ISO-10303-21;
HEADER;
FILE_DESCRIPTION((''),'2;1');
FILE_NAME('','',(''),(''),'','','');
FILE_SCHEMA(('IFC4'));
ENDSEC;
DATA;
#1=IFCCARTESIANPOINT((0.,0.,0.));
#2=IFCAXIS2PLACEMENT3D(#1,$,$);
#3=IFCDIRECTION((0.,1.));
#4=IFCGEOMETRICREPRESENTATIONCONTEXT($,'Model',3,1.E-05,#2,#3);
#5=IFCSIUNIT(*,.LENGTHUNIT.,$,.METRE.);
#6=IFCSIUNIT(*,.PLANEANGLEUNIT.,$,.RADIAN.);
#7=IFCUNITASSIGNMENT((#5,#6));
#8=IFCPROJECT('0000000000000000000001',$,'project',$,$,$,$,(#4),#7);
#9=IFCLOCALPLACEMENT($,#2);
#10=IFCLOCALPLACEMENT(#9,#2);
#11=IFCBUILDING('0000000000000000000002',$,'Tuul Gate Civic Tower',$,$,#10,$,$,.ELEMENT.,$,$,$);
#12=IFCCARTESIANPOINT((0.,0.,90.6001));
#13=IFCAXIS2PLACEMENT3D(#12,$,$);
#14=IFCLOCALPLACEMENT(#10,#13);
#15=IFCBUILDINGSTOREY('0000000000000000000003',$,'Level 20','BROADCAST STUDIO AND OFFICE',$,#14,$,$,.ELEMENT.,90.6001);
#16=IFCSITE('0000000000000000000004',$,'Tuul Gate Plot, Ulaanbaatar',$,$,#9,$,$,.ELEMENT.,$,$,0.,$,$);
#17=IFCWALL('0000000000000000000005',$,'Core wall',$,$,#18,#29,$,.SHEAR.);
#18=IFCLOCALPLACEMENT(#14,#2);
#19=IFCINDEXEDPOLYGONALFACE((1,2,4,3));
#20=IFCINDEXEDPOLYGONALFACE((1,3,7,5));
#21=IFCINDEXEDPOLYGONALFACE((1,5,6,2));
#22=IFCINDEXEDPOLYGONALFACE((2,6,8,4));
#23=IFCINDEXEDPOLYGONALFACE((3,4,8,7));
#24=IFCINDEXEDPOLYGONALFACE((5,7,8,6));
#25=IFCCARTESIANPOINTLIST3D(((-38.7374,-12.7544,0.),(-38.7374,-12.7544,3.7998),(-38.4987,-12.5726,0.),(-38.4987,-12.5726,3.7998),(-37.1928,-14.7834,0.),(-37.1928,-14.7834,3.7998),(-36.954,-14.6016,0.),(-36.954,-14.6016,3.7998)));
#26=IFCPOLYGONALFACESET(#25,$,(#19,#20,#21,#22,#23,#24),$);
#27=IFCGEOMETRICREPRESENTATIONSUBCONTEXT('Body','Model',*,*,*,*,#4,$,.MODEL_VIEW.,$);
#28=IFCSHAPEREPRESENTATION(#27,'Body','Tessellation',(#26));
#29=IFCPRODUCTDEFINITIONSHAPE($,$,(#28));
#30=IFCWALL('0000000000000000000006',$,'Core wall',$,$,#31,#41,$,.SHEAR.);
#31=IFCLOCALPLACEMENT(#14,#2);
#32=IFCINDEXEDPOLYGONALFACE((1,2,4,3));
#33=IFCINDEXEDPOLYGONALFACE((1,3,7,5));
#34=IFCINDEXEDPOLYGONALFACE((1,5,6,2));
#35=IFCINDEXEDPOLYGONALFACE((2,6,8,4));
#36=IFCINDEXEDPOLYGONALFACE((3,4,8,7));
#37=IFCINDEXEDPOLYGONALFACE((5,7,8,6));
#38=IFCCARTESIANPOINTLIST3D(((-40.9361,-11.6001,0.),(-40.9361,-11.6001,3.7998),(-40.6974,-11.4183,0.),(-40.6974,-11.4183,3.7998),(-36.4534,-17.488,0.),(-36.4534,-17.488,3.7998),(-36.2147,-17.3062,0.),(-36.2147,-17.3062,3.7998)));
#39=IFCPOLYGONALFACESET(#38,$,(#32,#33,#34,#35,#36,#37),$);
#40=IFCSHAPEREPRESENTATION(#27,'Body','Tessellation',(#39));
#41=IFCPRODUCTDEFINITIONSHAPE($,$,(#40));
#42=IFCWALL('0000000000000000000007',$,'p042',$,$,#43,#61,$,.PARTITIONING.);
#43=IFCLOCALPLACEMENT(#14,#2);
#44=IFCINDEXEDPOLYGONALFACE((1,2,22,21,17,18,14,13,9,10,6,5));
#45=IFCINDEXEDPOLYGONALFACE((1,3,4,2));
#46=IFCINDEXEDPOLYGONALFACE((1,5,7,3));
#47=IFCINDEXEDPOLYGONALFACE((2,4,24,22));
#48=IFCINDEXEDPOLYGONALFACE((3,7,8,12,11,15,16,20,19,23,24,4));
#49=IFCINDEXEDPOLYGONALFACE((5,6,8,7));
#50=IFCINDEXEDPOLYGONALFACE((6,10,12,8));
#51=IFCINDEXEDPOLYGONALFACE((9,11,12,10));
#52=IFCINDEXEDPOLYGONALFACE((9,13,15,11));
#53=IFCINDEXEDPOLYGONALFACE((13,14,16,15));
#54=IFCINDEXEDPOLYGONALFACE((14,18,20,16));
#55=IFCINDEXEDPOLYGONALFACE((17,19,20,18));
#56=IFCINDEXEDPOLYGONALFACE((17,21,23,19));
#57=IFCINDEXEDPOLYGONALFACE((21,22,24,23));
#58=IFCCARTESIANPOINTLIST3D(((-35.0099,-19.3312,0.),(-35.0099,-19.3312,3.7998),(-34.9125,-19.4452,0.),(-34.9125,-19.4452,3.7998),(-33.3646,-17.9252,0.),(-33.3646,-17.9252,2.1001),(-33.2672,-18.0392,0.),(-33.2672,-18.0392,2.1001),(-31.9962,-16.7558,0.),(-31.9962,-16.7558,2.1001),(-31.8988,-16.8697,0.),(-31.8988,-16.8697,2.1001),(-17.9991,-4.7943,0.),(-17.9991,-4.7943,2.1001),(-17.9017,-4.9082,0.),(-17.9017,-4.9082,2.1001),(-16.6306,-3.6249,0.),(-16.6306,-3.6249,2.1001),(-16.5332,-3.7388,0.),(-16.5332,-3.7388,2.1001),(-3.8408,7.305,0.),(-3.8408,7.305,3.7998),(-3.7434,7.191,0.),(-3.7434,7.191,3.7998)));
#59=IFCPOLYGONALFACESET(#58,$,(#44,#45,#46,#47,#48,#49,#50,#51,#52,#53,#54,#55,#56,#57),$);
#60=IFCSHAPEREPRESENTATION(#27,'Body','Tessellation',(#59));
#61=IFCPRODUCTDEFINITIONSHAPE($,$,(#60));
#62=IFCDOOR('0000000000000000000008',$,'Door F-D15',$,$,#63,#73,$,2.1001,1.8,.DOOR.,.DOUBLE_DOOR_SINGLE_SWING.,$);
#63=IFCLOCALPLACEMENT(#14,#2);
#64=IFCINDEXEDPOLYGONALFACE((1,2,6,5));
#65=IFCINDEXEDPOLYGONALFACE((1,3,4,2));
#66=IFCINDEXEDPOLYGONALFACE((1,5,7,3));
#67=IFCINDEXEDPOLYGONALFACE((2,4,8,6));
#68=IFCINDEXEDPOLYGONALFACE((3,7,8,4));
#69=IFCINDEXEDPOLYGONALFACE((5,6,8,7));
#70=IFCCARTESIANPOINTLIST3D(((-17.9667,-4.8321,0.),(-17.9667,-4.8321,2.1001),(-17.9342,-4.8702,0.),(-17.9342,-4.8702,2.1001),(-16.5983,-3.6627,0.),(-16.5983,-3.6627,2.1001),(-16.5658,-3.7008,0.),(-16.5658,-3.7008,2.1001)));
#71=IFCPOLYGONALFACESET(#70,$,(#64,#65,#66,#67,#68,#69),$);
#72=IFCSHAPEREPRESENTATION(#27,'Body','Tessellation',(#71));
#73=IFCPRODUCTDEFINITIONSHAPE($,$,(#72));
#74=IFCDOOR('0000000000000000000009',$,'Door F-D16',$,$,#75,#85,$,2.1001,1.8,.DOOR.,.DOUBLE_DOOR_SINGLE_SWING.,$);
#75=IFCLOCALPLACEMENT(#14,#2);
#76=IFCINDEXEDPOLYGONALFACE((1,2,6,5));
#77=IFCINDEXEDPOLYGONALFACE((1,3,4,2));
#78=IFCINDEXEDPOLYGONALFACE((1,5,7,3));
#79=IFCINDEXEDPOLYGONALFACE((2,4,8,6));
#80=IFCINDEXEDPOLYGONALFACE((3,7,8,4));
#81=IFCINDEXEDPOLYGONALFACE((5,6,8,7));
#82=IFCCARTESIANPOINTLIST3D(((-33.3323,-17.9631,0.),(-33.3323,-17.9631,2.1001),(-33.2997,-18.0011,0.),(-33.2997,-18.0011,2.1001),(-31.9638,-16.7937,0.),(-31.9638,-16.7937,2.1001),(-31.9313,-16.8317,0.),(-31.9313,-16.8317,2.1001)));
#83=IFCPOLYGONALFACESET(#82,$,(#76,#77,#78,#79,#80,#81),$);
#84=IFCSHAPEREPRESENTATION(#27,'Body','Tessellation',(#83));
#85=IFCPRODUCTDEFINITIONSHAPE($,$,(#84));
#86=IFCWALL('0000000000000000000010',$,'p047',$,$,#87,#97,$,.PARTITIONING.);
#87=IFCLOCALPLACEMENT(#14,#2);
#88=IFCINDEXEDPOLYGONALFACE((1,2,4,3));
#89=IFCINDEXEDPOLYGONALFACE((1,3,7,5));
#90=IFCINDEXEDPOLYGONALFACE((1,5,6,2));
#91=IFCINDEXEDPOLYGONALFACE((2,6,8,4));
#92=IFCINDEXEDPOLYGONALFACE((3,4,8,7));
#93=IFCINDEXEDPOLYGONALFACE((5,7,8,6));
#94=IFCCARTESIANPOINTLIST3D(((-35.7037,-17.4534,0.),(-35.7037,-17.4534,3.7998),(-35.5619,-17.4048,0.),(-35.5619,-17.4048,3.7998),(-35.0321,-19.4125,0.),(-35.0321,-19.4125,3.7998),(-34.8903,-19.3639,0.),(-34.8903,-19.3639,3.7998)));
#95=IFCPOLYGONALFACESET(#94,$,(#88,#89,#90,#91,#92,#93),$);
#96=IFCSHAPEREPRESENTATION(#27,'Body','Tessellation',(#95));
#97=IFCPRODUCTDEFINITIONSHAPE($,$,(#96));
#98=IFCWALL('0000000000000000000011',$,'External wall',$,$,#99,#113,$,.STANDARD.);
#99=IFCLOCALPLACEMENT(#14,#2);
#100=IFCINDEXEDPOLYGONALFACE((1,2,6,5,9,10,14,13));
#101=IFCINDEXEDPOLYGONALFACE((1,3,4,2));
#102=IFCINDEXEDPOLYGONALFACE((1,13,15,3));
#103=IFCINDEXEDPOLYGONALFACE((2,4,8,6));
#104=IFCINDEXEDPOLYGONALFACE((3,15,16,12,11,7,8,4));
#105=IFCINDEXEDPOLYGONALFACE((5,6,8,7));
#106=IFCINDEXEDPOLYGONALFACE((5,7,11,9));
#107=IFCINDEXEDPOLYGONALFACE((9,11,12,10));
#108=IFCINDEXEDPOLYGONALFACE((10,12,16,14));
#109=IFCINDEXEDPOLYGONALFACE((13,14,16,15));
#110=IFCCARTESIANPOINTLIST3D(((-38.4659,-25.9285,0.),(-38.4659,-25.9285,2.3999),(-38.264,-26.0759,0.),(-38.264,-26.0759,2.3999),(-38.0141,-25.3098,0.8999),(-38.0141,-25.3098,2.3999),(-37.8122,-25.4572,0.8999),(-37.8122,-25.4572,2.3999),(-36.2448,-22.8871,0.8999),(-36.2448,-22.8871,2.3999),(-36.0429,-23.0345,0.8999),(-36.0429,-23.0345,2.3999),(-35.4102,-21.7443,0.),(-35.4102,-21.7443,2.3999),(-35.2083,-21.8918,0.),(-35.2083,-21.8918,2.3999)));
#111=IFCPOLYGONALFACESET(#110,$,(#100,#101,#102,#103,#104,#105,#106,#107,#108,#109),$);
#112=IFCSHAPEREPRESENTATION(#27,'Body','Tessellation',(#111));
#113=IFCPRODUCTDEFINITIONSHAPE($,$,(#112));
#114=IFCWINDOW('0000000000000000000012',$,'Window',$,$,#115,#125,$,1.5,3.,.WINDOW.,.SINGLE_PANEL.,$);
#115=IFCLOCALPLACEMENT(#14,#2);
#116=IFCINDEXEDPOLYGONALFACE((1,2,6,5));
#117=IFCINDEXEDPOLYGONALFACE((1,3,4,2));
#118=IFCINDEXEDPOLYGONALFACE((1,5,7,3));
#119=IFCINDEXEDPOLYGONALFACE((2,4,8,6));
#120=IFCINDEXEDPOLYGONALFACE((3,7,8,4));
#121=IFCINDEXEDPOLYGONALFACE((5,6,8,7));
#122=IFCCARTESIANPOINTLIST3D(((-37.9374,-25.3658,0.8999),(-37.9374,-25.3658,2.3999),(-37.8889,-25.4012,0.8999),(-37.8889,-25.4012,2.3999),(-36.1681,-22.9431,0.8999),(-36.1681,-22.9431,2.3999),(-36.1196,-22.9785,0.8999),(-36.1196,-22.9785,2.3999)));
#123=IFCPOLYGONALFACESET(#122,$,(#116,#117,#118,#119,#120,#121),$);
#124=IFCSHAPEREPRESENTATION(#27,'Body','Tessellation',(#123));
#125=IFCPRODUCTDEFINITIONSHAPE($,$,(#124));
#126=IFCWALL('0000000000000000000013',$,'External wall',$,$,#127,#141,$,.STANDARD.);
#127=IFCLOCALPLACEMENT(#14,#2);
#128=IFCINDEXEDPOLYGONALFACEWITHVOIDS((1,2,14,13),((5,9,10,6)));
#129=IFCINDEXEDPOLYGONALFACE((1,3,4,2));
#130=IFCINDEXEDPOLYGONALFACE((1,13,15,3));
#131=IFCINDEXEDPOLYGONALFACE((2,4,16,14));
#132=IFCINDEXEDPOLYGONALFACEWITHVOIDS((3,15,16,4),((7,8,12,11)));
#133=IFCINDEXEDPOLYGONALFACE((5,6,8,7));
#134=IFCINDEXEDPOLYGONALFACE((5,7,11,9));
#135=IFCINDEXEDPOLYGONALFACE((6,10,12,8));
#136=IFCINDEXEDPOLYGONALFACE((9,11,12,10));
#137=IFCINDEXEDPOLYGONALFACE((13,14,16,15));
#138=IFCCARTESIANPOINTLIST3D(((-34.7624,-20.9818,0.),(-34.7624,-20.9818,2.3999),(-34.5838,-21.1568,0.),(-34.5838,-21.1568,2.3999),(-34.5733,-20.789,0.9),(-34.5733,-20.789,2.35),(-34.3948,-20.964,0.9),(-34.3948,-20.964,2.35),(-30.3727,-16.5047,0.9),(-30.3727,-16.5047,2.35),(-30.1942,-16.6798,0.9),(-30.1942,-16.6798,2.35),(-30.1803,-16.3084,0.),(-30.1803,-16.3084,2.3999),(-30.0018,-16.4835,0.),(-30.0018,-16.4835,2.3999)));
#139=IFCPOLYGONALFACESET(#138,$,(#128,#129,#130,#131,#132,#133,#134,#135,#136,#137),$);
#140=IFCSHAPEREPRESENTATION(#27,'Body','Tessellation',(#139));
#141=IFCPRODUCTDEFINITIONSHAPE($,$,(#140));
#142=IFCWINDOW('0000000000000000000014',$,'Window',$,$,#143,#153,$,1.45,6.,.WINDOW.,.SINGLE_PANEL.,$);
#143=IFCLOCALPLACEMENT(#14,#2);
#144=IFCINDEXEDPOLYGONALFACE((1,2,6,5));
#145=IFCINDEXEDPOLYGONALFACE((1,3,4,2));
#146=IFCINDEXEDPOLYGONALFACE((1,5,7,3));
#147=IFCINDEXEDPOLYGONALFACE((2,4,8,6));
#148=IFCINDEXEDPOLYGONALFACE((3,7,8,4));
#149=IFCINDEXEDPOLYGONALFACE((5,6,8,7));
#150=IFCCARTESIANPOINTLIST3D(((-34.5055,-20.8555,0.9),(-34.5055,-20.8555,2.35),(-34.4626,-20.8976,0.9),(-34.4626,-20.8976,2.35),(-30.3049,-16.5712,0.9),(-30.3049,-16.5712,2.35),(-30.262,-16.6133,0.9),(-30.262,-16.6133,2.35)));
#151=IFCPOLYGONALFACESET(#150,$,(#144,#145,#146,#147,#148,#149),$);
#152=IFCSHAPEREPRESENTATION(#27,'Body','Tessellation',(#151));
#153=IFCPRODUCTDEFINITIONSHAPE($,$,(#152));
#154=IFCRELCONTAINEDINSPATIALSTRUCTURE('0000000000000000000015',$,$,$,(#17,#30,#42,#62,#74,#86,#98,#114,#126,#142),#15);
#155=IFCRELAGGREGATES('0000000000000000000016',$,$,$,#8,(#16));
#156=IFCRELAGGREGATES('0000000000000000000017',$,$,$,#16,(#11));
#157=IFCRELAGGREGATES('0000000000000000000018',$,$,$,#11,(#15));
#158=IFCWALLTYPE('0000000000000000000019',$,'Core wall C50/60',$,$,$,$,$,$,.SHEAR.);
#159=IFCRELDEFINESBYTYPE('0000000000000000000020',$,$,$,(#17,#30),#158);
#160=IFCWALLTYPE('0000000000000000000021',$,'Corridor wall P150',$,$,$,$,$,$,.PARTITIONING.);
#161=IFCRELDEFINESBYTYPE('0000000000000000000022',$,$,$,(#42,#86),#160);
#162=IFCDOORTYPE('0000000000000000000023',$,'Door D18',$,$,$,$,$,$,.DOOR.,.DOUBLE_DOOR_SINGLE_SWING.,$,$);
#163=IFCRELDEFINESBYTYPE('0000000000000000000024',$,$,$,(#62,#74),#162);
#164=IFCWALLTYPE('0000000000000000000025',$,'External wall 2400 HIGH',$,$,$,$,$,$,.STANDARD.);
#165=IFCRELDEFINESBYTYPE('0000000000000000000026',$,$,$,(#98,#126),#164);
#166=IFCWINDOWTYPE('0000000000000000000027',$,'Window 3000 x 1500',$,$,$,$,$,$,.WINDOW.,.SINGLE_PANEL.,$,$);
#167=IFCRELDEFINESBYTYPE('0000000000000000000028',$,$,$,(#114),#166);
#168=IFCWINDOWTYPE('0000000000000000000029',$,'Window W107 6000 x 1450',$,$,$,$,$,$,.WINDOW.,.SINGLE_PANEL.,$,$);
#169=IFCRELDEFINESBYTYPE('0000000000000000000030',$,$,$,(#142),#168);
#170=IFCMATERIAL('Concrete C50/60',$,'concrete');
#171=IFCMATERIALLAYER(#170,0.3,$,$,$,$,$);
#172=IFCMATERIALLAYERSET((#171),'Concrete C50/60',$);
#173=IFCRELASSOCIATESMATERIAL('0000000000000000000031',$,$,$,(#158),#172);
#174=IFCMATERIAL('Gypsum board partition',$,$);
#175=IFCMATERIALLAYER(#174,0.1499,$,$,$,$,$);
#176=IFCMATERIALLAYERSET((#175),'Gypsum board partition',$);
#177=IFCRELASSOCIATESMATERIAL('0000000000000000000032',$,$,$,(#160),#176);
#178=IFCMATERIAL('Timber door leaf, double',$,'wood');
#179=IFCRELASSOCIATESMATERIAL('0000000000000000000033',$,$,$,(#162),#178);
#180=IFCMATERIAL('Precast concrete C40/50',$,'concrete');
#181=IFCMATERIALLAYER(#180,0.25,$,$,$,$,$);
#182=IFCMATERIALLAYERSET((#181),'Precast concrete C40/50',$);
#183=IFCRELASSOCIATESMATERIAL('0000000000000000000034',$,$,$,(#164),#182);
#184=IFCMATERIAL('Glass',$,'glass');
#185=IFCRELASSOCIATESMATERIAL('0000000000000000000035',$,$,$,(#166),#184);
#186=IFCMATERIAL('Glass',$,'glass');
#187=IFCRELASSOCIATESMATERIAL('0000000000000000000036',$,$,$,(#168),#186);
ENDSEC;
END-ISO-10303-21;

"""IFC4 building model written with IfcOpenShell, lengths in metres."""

from ifc_helpers import new_model, si_unit, direction, frame, frame_2d, origin, place, context, subcontext, project, spatial, rectangle, extrude, material, layer, layer_set, type_object, element, fill, save


model = new_model("IFC4")

# Units and contexts
model_context = context("Model", 3, precision=1e-05, world=origin(), true_north=direction((0.0, 1.0)))
body_context = subcontext(model_context, "Body", "Model", "MODEL_VIEW")
ifc_project = project(units=[si_unit("LENGTHUNIT", "METRE"), si_unit("PLANEANGLEUNIT", "RADIAN")], contexts=[model_context])

# Site, building, storey
site_placement = place(None, origin())
site = spatial("IfcSite", under=ifc_project, at=site_placement, Name="Tuul Gate Plot, Ulaanbaatar", CompositionType="ELEMENT", RefElevation=0.0)
building_placement = place(site_placement, origin())
building = spatial("IfcBuilding", under=site, at=building_placement, Name="Tuul Gate Civic Tower", CompositionType="ELEMENT")
storey_placement = place(building_placement, frame((0.0, 0.0, 90.6001)))
storey = spatial("IfcBuildingStorey", under=building, at=storey_placement, Name="Level 20", Description="BROADCAST STUDIO AND OFFICE", CompositionType="ELEMENT", Elevation=90.6001)

# Shared definitions
ifc_material_1 = material(Name="Concrete C50/60", Category="concrete")
ifc_layer_1 = layer(ifc_material_1, 0.3)
ifc_layer_set_1 = layer_set([ifc_layer_1], Name="Concrete C50/60")
wall_type_1 = type_object("IfcWallType", Name="Core wall C50/60", PredefinedType="SHEAR", material=ifc_layer_set_1)

# Walls
wall_1_placement = place(storey_placement, frame((-37.0735, -14.6924, 0.0), z_axis=(0.0, 0.0, 1.0), x_axis=(-0.605729, 0.795671, 0.0)))
element("IfcWall", 1, at=wall_1_placement, inside=storey, type_object=wall_type_1, Name="Core wall", PredefinedType="SHEAR", context=body_context, shape_type="SweptSolid", body=[
    extrude(rectangle(XDim=2.55, YDim=0.3, at=frame_2d((1.2749, 0.0))), origin(), (0.0, 0.0, 1.0), 3.7998),
])
wall_2_placement = place(storey_placement, frame((-36.334, -17.3972, 0.0), z_axis=(0.0, 0.0, 1.0), x_axis=(-0.605754, 0.795652, 0.0)))
element("IfcWall", 2, at=wall_2_placement, inside=storey, type_object=wall_type_1, Name="Core wall", PredefinedType="SHEAR", context=body_context, shape_type="SweptSolid", body=[
    extrude(rectangle(XDim=7.4001, YDim=0.3, at=frame_2d((3.7002, 0.0))), origin(), (0.0, 0.0, 1.0), 3.7998),
])

# Wall, openings, doors
ifc_material_2 = material(Name="Gypsum board partition")
ifc_layer_2 = layer(ifc_material_2, 0.1499)
ifc_layer_set_2 = layer_set([ifc_layer_2], Name="Gypsum board partition")
wall_type_2 = type_object("IfcWallType", Name="Corridor wall P150", PredefinedType="PARTITIONING", material=ifc_layer_set_2)
wall_3_placement = place(storey_placement, frame((-34.9612, -19.3882, 0.0), z_axis=(0.0, 0.0, 1.0), x_axis=(0.760223, 0.649663, 0.0)))
wall_3 = element("IfcWall", 3, at=wall_3_placement, inside=storey, type_object=wall_type_2, Name="p042", PredefinedType="PARTITIONING", context=body_context, shape_type="SweptSolid", body=[
    extrude(rectangle(XDim=41.0, YDim=0.1499, at=frame_2d((20.5, 0.0))), origin(), (0.0, 0.0, 1.0), 3.7998),
])
opening_1_placement = place(wall_3_placement, frame((22.3762, 0.0, 0.0)))
opening_1 = element("IfcOpeningElement", 4, at=opening_1_placement, cuts=wall_3, PredefinedType="OPENING", context=body_context, shape_type="SweptSolid", body=[
    extrude(rectangle(XDim=1.8, YDim=2.1001, at=frame_2d((0.8999, 1.05))), frame((0.0, 0.085, 0.0), z_axis=(0.0, -1.0, 0.0), x_axis=(1.0, 0.0, 0.0)), (0.0, 0.0, 1.0), 0.1699),
])
opening_2_placement = place(wall_3_placement, frame((2.1643, 0.0, 0.0)))
opening_2 = element("IfcOpeningElement", 5, at=opening_2_placement, cuts=wall_3, PredefinedType="OPENING", context=body_context, shape_type="SweptSolid", body=[
    extrude(rectangle(XDim=1.8, YDim=2.1001, at=frame_2d((0.8999, 1.05))), frame((0.0, 0.085, 0.0), z_axis=(0.0, -1.0, 0.0), x_axis=(1.0, 0.0, 0.0)), (0.0, 0.0, 1.0), 0.1699),
])
ifc_material_3 = material(Name="Timber door leaf, double", Category="wood")
door_type_1 = type_object("IfcDoorType", Name="Door D18", OperationType="DOUBLE_DOOR_SINGLE_SWING", PredefinedType="DOOR", material=ifc_material_3)
door_1_placement = place(opening_1_placement, frame((1.8, 0.0, 0.0), z_axis=(0.0, 0.0, 1.0), x_axis=(-1.0, 0.0, 0.0)))
door_1 = element("IfcDoor", 6, at=door_1_placement, inside=storey, type_object=door_type_1, Name="Door F-D15", OperationType="DOUBLE_DOOR_SINGLE_SWING", OverallHeight=2.1001, OverallWidth=1.8, PredefinedType="DOOR", context=body_context, shape_type="SweptSolid", body=[
    extrude(rectangle(XDim=1.8, YDim=2.1001, at=frame_2d((0.9001, 1.05))), frame((0.0, 0.0249, 0.0), z_axis=(0.0, -1.0, 0.0), x_axis=(1.0, 0.0, 0.0)), (0.0, 0.0, 1.0), 0.05),
])
fill(opening_1, door_1)
door_2_placement = place(opening_2_placement, frame((1.8, 0.0, 0.0), z_axis=(0.0, 0.0, 1.0), x_axis=(-1.0, 0.0, 0.0)))
door_2 = element("IfcDoor", 7, at=door_2_placement, inside=storey, type_object=door_type_1, Name="Door F-D16", OperationType="DOUBLE_DOOR_SINGLE_SWING", OverallHeight=2.1001, OverallWidth=1.8, PredefinedType="DOOR", context=body_context, shape_type="SweptSolid", body=[
    extrude(rectangle(XDim=1.8, YDim=2.1001, at=frame_2d((0.9001, 1.05))), frame((0.0, 0.0249, 0.0), z_axis=(0.0, -1.0, 0.0), x_axis=(1.0, 0.0, 0.0)), (0.0, 0.0, 1.0), 0.05),
])
fill(opening_2, door_2)

# Wall
wall_4_placement = place(storey_placement, frame((-35.6328, -17.429, 0.0), z_axis=(0.0, 0.0, 1.0), x_axis=(0.324279, -0.945961, 0.0)))
element("IfcWall", 8, at=wall_4_placement, inside=storey, type_object=wall_type_2, Name="p047", PredefinedType="PARTITIONING", context=body_context, shape_type="SweptSolid", body=[
    extrude(rectangle(XDim=2.071, YDim=0.1499, at=frame_2d((1.0356, 0.0))), origin(), (0.0, 0.0, 1.0), 3.7998),
])

# Walls, openings, windows
ifc_material_4 = material(Name="Precast concrete C40/50", Category="concrete")
ifc_layer_3 = layer(ifc_material_4, 0.25)
ifc_layer_set_3 = layer_set([ifc_layer_3], Name="Precast concrete C40/50")
wall_type_3 = type_object("IfcWallType", Name="External wall 2400 HIGH", PredefinedType="STANDARD", material=ifc_layer_set_3)
wall_5_placement = place(storey_placement, frame((-38.365, -26.0022, 0.0), z_axis=(0.0, 0.0, 1.0), x_axis=(0.589773, 0.807569, 0.0)))
wall_5 = element("IfcWall", 9, at=wall_5_placement, inside=storey, type_object=wall_type_3, Name="External wall", PredefinedType="STANDARD", context=body_context, shape_type="SweptSolid", body=[
    extrude(rectangle(XDim=5.1812, YDim=0.25, at=frame_2d((2.5906, 0.0))), origin(), (0.0, 0.0, 1.0), 2.3999),
])
opening_3_placement = place(wall_5_placement, frame((0.7661, 0.0, 0.8999)))
opening_3 = element("IfcOpeningElement", 10, at=opening_3_placement, cuts=wall_5, PredefinedType="OPENING", context=body_context, shape_type="SweptSolid", body=[
    extrude(rectangle(XDim=3.0, YDim=1.5, at=frame_2d((1.5, 0.75))), frame((0.0, 0.135, 0.0), z_axis=(0.0, -1.0, 0.0), x_axis=(1.0, 0.0, 0.0)), (0.0, 0.0, 1.0), 0.27),
])
ifc_material_5 = material(Name="Glass", Category="glass")
window_type_1 = type_object("IfcWindowType", Name="Window 3000 x 1500", PartitioningType="SINGLE_PANEL", PredefinedType="WINDOW", material=ifc_material_5)
window_1_placement = place(opening_3_placement, origin())
window_1 = element("IfcWindow", 11, at=window_1_placement, inside=storey, type_object=window_type_1, Name="Window", OverallHeight=1.5, OverallWidth=3.0, PartitioningType="SINGLE_PANEL", PredefinedType="WINDOW", context=body_context, shape_type="SweptSolid", body=[
    extrude(rectangle(XDim=3.0, YDim=1.5, at=frame_2d((1.5, 0.75))), frame((0.0, 0.03, 0.0), z_axis=(0.0, -1.0, 0.0), x_axis=(1.0, 0.0, 0.0)), (0.0, 0.0, 1.0), 0.0601),
])
fill(opening_3, window_1)
wall_6_placement = place(storey_placement, frame((-34.6731, -21.0693, 0.0), z_axis=(0.0, 0.0, 1.0), x_axis=(0.700097, 0.714048, 0.0)))
wall_6 = element("IfcWall", 12, at=wall_6_placement, inside=storey, type_object=wall_type_3, Name="External wall", PredefinedType="STANDARD", context=body_context, shape_type="SweptSolid", body=[
    extrude(rectangle(XDim=6.5449, YDim=0.25, at=frame_2d((3.2725, 0.0))), origin(), (0.0, 0.0, 1.0), 2.3999),
])
opening_4_placement = place(wall_6_placement, frame((0.27, 0.0, 0.8999)))
opening_4 = element("IfcOpeningElement", 13, at=opening_4_placement, cuts=wall_6, PredefinedType="OPENING", context=body_context, shape_type="SweptSolid", body=[
    extrude(rectangle(XDim=6.0, YDim=1.45, at=frame_2d((3.0, 0.7251))), frame((0.0, 0.135, 0.0), z_axis=(0.0, -1.0, 0.0), x_axis=(1.0, 0.0, 0.0)), (0.0, 0.0, 1.0), 0.27),
])
ifc_material_6 = material(Name="Glass", Category="glass")
window_type_2 = type_object("IfcWindowType", Name="Window W107 6000 x 1450", PartitioningType="SINGLE_PANEL", PredefinedType="WINDOW", material=ifc_material_6)
window_2_placement = place(opening_4_placement, origin())
window_2 = element("IfcWindow", 14, at=window_2_placement, inside=storey, type_object=window_type_2, Name="Window", OverallHeight=1.45, OverallWidth=6.0, PartitioningType="SINGLE_PANEL", PredefinedType="WINDOW", context=body_context, shape_type="SweptSolid", body=[
    extrude(rectangle(XDim=6.0, YDim=1.45, at=frame_2d((3.0, 0.7251))), frame((0.0, 0.03, 0.0), z_axis=(0.0, -1.0, 0.0), x_axis=(1.0, 0.0, 0.0)), (0.0, 0.0, 1.0), 0.0601),
])
fill(opening_4, window_2)

save(model, "model.ifc")
